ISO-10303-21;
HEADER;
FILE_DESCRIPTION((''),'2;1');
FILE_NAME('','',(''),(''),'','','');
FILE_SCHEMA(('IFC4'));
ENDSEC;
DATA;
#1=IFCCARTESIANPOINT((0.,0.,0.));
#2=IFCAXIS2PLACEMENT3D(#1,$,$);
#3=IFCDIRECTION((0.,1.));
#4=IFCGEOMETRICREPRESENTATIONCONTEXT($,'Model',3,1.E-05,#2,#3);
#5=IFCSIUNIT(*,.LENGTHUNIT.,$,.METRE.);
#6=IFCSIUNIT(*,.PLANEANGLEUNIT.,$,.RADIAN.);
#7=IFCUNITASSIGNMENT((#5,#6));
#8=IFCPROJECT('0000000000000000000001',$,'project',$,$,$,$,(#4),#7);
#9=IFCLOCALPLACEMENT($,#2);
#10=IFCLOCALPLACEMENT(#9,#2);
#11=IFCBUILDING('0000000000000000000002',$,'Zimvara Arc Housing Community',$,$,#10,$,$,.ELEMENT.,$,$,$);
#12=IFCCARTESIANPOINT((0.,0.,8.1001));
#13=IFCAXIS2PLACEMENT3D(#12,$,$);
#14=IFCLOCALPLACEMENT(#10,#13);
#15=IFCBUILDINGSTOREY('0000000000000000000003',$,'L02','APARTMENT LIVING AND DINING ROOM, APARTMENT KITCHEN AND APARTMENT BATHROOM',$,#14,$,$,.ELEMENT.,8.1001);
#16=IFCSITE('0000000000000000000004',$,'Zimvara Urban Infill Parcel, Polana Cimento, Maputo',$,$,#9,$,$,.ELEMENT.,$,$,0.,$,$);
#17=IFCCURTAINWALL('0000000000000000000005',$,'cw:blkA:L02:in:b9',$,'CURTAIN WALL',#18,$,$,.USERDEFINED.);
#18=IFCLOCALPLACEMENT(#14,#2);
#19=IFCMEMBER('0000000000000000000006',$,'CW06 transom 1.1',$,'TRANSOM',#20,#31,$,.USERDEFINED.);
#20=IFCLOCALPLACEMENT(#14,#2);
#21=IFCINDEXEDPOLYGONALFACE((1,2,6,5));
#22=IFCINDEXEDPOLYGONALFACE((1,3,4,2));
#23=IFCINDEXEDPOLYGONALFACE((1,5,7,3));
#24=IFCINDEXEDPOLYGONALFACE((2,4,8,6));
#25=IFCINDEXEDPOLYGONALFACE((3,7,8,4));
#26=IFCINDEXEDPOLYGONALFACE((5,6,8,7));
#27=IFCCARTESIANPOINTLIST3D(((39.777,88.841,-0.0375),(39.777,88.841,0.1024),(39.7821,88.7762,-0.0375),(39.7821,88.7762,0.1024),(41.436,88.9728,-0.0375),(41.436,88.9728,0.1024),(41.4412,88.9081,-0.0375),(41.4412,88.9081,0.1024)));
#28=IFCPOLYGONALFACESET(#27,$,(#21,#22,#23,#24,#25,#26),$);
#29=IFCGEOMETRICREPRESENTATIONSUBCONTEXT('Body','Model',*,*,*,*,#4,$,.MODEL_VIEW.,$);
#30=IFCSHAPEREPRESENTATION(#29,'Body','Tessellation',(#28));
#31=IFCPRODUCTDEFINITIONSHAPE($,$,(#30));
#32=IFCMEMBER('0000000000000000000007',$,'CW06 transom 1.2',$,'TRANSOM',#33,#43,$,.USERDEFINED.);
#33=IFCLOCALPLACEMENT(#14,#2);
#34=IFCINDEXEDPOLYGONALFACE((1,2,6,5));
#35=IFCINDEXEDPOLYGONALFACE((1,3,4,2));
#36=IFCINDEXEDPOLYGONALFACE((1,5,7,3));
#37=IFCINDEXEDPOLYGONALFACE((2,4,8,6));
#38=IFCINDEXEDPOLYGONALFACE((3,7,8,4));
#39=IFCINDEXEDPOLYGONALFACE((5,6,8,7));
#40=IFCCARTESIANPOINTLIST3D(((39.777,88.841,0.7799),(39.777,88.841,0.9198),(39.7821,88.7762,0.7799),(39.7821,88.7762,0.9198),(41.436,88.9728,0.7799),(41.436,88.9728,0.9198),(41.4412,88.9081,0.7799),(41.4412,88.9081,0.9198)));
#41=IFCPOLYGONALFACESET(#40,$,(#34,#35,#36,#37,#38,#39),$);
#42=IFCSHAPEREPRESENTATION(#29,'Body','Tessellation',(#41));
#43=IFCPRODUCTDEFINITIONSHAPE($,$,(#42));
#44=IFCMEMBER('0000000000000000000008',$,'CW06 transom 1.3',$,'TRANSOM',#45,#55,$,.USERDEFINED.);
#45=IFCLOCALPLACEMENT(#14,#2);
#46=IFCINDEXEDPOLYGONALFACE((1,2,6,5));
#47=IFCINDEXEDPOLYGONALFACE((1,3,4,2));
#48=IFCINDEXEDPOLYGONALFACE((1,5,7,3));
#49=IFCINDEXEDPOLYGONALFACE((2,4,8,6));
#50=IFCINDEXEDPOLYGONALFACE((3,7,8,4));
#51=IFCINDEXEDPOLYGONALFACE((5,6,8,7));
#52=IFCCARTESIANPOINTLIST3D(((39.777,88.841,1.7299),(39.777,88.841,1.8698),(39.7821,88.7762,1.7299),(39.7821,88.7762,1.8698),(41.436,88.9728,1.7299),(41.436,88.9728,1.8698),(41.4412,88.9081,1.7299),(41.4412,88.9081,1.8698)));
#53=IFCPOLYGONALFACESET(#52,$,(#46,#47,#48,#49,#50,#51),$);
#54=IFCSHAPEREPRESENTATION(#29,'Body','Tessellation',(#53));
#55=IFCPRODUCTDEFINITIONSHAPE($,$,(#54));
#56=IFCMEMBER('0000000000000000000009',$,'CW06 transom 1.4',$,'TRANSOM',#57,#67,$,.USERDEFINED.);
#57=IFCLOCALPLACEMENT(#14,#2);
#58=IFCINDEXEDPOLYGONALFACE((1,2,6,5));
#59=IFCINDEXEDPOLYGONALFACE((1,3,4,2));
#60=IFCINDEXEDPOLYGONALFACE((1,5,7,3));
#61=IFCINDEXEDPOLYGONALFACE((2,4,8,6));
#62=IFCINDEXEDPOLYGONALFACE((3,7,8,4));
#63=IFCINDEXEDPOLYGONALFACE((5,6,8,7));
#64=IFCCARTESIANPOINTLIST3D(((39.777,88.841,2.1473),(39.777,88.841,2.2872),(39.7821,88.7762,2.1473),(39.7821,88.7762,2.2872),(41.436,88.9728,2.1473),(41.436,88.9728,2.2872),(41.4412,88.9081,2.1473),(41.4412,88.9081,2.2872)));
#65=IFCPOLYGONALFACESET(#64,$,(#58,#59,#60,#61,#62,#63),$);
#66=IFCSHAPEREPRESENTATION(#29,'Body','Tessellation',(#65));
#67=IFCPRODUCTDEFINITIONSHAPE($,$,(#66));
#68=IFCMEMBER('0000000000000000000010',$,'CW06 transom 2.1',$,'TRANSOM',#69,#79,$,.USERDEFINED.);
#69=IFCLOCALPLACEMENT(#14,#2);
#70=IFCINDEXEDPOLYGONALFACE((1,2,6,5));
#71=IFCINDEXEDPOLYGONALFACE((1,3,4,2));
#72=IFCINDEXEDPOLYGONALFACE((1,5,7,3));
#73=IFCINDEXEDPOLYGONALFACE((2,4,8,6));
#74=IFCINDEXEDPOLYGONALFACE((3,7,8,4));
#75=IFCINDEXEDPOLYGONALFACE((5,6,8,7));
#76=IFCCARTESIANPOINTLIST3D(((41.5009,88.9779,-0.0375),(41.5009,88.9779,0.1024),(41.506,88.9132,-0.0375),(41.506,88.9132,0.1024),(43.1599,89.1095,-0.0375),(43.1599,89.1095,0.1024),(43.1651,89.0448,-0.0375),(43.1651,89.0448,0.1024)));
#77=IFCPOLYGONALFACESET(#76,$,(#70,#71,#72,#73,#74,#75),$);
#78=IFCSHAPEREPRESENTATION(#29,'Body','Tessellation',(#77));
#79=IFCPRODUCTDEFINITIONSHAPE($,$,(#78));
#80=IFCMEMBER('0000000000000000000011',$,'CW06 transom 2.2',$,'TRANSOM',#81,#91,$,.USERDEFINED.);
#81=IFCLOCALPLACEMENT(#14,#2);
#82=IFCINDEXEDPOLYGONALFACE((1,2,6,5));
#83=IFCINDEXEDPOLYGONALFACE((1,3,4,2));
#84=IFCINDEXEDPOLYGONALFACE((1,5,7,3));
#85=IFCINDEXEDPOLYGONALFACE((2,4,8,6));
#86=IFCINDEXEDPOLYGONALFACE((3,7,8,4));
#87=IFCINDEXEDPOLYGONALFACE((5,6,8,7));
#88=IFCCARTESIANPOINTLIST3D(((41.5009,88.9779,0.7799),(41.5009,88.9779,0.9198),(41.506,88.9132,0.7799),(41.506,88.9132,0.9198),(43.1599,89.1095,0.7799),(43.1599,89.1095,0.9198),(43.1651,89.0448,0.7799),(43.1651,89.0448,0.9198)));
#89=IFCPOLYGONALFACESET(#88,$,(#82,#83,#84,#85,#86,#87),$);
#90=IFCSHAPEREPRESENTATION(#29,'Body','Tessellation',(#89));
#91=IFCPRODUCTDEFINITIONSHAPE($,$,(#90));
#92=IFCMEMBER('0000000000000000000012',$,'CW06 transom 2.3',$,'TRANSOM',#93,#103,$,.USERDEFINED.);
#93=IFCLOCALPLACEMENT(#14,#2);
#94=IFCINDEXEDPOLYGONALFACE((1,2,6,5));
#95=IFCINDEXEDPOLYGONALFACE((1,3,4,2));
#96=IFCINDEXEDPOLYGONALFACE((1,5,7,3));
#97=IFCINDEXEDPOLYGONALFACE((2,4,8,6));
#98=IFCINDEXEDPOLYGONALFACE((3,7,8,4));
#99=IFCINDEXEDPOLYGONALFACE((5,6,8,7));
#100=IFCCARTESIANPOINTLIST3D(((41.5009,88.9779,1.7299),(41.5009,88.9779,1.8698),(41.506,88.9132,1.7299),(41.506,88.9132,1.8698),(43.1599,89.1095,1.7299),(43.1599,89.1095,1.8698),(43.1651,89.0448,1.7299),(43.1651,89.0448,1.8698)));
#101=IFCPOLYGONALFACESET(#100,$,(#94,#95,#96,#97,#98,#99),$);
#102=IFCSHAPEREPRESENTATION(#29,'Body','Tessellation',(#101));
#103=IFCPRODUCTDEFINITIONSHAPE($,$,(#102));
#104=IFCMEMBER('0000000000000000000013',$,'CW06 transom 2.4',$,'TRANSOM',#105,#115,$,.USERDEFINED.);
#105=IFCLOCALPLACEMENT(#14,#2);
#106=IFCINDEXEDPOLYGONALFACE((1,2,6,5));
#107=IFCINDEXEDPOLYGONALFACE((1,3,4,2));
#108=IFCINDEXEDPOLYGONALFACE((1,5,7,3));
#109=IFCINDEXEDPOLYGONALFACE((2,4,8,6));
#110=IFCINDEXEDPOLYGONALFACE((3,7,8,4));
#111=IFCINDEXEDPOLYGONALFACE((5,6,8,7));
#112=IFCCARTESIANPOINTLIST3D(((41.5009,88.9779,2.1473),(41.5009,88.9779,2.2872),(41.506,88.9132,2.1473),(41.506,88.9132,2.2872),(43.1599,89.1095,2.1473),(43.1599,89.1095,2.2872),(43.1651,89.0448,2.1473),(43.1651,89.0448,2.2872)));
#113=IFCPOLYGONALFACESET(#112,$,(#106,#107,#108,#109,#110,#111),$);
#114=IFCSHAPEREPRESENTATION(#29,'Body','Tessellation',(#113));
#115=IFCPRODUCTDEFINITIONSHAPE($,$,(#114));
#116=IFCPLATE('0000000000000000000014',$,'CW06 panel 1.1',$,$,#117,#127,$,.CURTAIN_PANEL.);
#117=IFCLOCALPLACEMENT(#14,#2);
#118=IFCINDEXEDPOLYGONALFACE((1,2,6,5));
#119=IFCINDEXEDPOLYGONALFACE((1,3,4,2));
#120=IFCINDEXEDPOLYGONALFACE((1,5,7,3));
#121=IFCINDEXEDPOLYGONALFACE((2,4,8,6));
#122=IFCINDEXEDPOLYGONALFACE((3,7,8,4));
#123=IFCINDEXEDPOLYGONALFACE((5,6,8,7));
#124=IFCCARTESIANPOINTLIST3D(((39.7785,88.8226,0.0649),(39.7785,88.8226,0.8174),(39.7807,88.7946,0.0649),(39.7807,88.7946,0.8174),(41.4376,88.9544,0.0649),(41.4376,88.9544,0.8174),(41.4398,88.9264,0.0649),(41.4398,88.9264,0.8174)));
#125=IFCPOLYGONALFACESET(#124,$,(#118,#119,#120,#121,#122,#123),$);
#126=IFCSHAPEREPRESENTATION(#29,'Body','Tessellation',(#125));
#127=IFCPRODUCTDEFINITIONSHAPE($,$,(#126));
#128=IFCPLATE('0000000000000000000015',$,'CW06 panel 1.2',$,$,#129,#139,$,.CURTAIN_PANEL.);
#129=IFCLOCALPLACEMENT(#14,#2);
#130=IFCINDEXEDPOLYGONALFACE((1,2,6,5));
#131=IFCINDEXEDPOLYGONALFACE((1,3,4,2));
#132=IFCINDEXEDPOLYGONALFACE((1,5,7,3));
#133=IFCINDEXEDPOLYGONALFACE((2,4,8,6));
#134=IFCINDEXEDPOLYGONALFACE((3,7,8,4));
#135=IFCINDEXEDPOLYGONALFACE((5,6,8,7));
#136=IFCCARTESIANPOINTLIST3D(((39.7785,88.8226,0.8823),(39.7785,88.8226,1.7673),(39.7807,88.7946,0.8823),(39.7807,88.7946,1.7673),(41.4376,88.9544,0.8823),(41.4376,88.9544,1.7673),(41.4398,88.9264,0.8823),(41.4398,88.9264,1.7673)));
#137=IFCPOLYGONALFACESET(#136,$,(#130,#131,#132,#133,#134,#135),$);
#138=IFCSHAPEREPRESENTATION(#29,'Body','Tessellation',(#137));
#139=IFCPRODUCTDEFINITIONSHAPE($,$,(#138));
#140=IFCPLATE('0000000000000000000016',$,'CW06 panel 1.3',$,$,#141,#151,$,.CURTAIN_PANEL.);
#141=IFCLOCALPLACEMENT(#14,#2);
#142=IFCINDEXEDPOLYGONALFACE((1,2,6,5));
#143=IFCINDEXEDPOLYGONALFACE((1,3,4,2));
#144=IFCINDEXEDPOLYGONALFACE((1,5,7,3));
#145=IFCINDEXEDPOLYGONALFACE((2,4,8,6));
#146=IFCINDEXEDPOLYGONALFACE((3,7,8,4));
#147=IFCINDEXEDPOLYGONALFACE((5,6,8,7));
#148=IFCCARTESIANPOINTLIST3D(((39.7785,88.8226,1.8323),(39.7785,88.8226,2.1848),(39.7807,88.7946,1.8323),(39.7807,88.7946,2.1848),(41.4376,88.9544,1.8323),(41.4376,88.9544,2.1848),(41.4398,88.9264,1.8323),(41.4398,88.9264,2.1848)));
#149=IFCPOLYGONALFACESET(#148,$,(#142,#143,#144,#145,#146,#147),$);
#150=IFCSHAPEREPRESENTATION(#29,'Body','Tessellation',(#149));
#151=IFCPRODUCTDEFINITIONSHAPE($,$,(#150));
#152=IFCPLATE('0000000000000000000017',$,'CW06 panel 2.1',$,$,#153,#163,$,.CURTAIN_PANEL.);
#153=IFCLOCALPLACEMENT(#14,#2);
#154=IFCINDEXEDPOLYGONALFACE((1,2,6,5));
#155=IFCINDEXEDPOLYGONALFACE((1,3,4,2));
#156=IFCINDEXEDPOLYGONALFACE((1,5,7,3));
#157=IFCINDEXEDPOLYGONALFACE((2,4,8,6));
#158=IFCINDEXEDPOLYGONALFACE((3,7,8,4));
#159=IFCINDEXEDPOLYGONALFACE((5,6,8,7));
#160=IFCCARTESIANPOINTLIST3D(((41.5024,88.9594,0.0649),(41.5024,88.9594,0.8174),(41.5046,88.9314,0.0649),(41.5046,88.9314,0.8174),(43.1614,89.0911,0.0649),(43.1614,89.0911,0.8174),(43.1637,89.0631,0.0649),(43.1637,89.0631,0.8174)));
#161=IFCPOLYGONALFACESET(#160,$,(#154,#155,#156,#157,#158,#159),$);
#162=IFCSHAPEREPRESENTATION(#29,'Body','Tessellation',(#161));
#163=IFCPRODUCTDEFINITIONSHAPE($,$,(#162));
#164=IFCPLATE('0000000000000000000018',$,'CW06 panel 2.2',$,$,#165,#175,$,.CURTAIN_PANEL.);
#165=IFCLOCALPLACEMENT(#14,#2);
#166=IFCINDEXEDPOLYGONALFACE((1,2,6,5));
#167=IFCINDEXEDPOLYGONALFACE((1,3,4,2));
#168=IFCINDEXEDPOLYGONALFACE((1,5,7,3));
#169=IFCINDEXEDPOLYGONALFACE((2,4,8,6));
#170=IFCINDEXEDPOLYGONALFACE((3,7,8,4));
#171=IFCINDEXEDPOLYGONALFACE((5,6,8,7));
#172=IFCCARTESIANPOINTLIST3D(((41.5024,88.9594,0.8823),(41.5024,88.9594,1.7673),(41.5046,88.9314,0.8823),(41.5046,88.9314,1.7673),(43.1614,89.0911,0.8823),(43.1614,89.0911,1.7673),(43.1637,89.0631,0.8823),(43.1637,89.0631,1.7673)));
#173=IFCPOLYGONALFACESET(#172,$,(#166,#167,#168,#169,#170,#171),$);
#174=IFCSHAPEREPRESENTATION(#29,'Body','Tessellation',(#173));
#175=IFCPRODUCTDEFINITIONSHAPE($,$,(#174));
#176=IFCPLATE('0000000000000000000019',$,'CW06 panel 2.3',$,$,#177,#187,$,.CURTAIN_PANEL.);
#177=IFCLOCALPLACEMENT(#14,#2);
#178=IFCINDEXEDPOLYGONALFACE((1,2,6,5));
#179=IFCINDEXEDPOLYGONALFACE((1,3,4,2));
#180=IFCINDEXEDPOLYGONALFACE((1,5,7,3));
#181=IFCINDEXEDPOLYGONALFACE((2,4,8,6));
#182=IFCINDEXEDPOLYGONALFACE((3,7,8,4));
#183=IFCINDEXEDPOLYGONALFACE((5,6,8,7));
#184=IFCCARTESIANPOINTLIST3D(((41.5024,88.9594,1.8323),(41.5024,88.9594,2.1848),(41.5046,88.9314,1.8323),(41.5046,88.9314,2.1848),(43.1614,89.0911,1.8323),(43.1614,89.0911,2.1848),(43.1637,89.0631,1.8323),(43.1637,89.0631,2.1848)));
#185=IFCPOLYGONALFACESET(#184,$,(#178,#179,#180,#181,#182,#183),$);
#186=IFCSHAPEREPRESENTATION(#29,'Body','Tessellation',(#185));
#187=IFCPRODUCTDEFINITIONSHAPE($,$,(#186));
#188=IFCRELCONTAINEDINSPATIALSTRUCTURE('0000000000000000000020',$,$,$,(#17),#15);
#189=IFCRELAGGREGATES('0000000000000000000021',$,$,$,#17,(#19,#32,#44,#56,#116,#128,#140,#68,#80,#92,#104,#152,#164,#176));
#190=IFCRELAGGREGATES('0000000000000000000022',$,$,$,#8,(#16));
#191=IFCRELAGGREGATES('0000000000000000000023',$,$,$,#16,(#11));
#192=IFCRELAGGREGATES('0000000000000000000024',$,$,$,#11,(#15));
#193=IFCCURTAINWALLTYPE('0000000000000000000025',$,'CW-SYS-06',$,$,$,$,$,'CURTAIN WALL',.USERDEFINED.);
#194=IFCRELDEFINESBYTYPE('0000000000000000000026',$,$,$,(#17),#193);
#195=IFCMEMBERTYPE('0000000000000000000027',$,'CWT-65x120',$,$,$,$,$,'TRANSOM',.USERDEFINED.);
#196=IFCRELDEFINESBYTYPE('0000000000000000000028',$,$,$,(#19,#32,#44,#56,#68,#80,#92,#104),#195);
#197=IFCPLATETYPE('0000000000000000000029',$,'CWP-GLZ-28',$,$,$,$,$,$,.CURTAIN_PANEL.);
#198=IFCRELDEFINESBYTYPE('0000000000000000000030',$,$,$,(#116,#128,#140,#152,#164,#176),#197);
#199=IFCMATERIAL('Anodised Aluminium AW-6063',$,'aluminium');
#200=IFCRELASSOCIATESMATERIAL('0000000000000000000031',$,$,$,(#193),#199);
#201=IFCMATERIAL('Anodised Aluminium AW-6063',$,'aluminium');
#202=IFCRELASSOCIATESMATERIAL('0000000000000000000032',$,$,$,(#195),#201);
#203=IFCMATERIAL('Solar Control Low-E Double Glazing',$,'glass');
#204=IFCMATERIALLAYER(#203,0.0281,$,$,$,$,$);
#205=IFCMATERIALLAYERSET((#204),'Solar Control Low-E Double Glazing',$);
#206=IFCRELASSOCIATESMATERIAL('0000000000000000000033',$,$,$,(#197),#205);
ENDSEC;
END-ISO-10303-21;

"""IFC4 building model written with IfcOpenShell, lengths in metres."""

from ifc_helpers import new_model, si_unit, direction, frame, origin, origin_2d, place, context, subcontext, project, spatial, rectangle, extrude, material, layer, layer_set, material_profile, profile_set, type_object, element, aggregate, save


model = new_model("IFC4")

# Units and contexts
model_context = context("Model", 3, precision=1e-05, world=origin(), true_north=direction((0.0, 1.0)))
body_context = subcontext(model_context, "Body", "Model", "MODEL_VIEW")
ifc_project = project(units=[si_unit("LENGTHUNIT", "METRE"), si_unit("PLANEANGLEUNIT", "RADIAN")], contexts=[model_context])

# Site, building, storey
site_placement = place(None, origin())
site = spatial("IfcSite", under=ifc_project, at=site_placement, Name="Zimvara Urban Infill Parcel, Polana Cimento, Maputo", CompositionType="ELEMENT", RefElevation=0.0)
building_placement = place(site_placement, origin())
building = spatial("IfcBuilding", under=site, at=building_placement, Name="Zimvara Arc Housing Community", CompositionType="ELEMENT")
storey_placement = place(building_placement, frame((0.0, 0.0, 8.1001)))
storey = spatial("IfcBuildingStorey", under=building, at=storey_placement, Name="L02", Description="APARTMENT LIVING AND DINING ROOM, APARTMENT KITCHEN AND APARTMENT BATHROOM", CompositionType="ELEMENT", Elevation=8.1001)

# Curtain wall, members, plates
ifc_material_1 = material(Name="Anodised Aluminium AW-6063", Category="aluminium")
curtain_wall_type = type_object("IfcCurtainWallType", Name="CW-SYS-06", ElementType="CURTAIN WALL", PredefinedType="USERDEFINED", material=ifc_material_1)
curtain_wall_placement = place(storey_placement, origin())
curtain_wall = element("IfcCurtainWall", 1, at=curtain_wall_placement, inside=storey, type_object=curtain_wall_type, Name="cw:blkA:L02:in:b9", ObjectType="CURTAIN WALL", PredefinedType="USERDEFINED")
ifc_material_2 = material(Name="Anodised Aluminium AW-6063", Category="aluminium")
ifc_material_profile_1 = material_profile(ifc_material_2, rectangle(XDim=0.0649, YDim=0.1399, at=origin_2d()), Name="ALU 65x140")
ifc_profile_set_1 = profile_set([ifc_material_profile_1], Name="Anodised Aluminium AW-6063")
member_type_1 = type_object("IfcMemberType", Name="CWT-65x120", ElementType="TRANSOM", PredefinedType="USERDEFINED", material=ifc_profile_set_1)
member_1_placement = place(storey_placement, frame((39.7795, 88.8086, 0.0325), z_axis=(0.996858, 0.079209, 0.0), x_axis=(-0.079209, 0.996858, 0.0)))
member_1 = element("IfcMember", 2, at=member_1_placement, type_object=member_type_1, Name="CW06 transom 1.1", ObjectType="TRANSOM", PredefinedType="USERDEFINED", context=body_context, shape_type="SweptSolid", body=[
    extrude(rectangle(XDim=0.0649, YDim=0.1399, at=origin_2d()), origin(), (0.0, 0.0, 1.0), 1.6643),
])
member_2_placement = place(storey_placement, frame((39.7795, 88.8086, 0.8499), z_axis=(0.996858, 0.079209, 0.0), x_axis=(-0.079209, 0.996858, 0.0)))
member_2 = element("IfcMember", 3, at=member_2_placement, type_object=member_type_1, Name="CW06 transom 1.2", ObjectType="TRANSOM", PredefinedType="USERDEFINED", context=body_context, shape_type="SweptSolid", body=[
    extrude(rectangle(XDim=0.0649, YDim=0.1399, at=origin_2d()), origin(), (0.0, 0.0, 1.0), 1.6643),
])
member_3_placement = place(storey_placement, frame((39.7795, 88.8086, 1.7998), z_axis=(0.996858, 0.079209, 0.0), x_axis=(-0.079209, 0.996858, 0.0)))
member_3 = element("IfcMember", 4, at=member_3_placement, type_object=member_type_1, Name="CW06 transom 1.3", ObjectType="TRANSOM", PredefinedType="USERDEFINED", context=body_context, shape_type="SweptSolid", body=[
    extrude(rectangle(XDim=0.0649, YDim=0.1399, at=origin_2d()), origin(), (0.0, 0.0, 1.0), 1.6643),
])
member_4_placement = place(storey_placement, frame((39.7795, 88.8086, 2.2173), z_axis=(0.996858, 0.079209, 0.0), x_axis=(-0.079209, 0.996858, 0.0)))
member_4 = element("IfcMember", 5, at=member_4_placement, type_object=member_type_1, Name="CW06 transom 1.4", ObjectType="TRANSOM", PredefinedType="USERDEFINED", context=body_context, shape_type="SweptSolid", body=[
    extrude(rectangle(XDim=0.0649, YDim=0.1399, at=origin_2d()), origin(), (0.0, 0.0, 1.0), 1.6643),
])
member_5_placement = place(storey_placement, frame((41.5034, 88.9456, 0.0325), z_axis=(0.99687, 0.079063, 0.0), x_axis=(-0.079063, 0.99687, 0.0)))
member_5 = element("IfcMember", 6, at=member_5_placement, type_object=member_type_1, Name="CW06 transom 2.1", ObjectType="TRANSOM", PredefinedType="USERDEFINED", context=body_context, shape_type="SweptSolid", body=[
    extrude(rectangle(XDim=0.0649, YDim=0.1399, at=origin_2d()), origin(), (0.0, 0.0, 1.0), 1.6643),
])
member_6_placement = place(storey_placement, frame((41.5034, 88.9456, 0.8499), z_axis=(0.99687, 0.079063, 0.0), x_axis=(-0.079063, 0.99687, 0.0)))
member_6 = element("IfcMember", 7, at=member_6_placement, type_object=member_type_1, Name="CW06 transom 2.2", ObjectType="TRANSOM", PredefinedType="USERDEFINED", context=body_context, shape_type="SweptSolid", body=[
    extrude(rectangle(XDim=0.0649, YDim=0.1399, at=origin_2d()), origin(), (0.0, 0.0, 1.0), 1.6643),
])
member_7_placement = place(storey_placement, frame((41.5034, 88.9456, 1.7998), z_axis=(0.99687, 0.079063, 0.0), x_axis=(-0.079063, 0.99687, 0.0)))
member_7 = element("IfcMember", 8, at=member_7_placement, type_object=member_type_1, Name="CW06 transom 2.3", ObjectType="TRANSOM", PredefinedType="USERDEFINED", context=body_context, shape_type="SweptSolid", body=[
    extrude(rectangle(XDim=0.0649, YDim=0.1399, at=origin_2d()), origin(), (0.0, 0.0, 1.0), 1.6643),
])
member_8_placement = place(storey_placement, frame((41.5034, 88.9456, 2.2173), z_axis=(0.99687, 0.079063, 0.0), x_axis=(-0.079063, 0.99687, 0.0)))
member_8 = element("IfcMember", 9, at=member_8_placement, type_object=member_type_1, Name="CW06 transom 2.4", ObjectType="TRANSOM", PredefinedType="USERDEFINED", context=body_context, shape_type="SweptSolid", body=[
    extrude(rectangle(XDim=0.0649, YDim=0.1399, at=origin_2d()), origin(), (0.0, 0.0, 1.0), 1.6643),
])
ifc_material_3 = material(Name="Solar Control Low-E Double Glazing", Category="glass")
ifc_layer_1 = layer(ifc_material_3, 0.0281)
ifc_layer_set_1 = layer_set([ifc_layer_1], Name="Solar Control Low-E Double Glazing")
plate_type = type_object("IfcPlateType", Name="CWP-GLZ-28", PredefinedType="CURTAIN_PANEL", material=ifc_layer_set_1)
plate_1_placement = place(storey_placement, frame((40.6091, 88.8745, 0.0649), z_axis=(0.0, 0.0, 1.0), x_axis=(0.996862, 0.079155, 0.0)))
plate_1 = element("IfcPlate", 10, at=plate_1_placement, type_object=plate_type, Name="CW06 panel 1.1", PredefinedType="CURTAIN_PANEL", context=body_context, shape_type="SweptSolid", body=[
    extrude(rectangle(XDim=1.6643, YDim=0.0281, at=origin_2d()), origin(), (0.0, 0.0, 1.0), 0.7524),
])
plate_2_placement = place(storey_placement, frame((40.6091, 88.8745, 0.8823), z_axis=(0.0, 0.0, 1.0), x_axis=(0.996862, 0.079155, 0.0)))
plate_2 = element("IfcPlate", 11, at=plate_2_placement, type_object=plate_type, Name="CW06 panel 1.2", PredefinedType="CURTAIN_PANEL", context=body_context, shape_type="SweptSolid", body=[
    extrude(rectangle(XDim=1.6643, YDim=0.0281, at=origin_2d()), origin(), (0.0, 0.0, 1.0), 0.885),
])
plate_3_placement = place(storey_placement, frame((40.6091, 88.8745, 1.8323), z_axis=(0.0, 0.0, 1.0), x_axis=(0.996862, 0.079155, 0.0)))
plate_3 = element("IfcPlate", 12, at=plate_3_placement, type_object=plate_type, Name="CW06 panel 1.3", PredefinedType="CURTAIN_PANEL", context=body_context, shape_type="SweptSolid", body=[
    extrude(rectangle(XDim=1.6643, YDim=0.0281, at=origin_2d()), origin(), (0.0, 0.0, 1.0), 0.3525),
])
plate_4_placement = place(storey_placement, frame((42.333, 89.0112, 0.0649), z_axis=(0.0, 0.0, 1.0), x_axis=(0.996862, 0.079155, 0.0)))
plate_4 = element("IfcPlate", 13, at=plate_4_placement, type_object=plate_type, Name="CW06 panel 2.1", PredefinedType="CURTAIN_PANEL", context=body_context, shape_type="SweptSolid", body=[
    extrude(rectangle(XDim=1.6643, YDim=0.0281, at=origin_2d()), origin(), (0.0, 0.0, 1.0), 0.7524),
])
plate_5_placement = place(storey_placement, frame((42.333, 89.0112, 0.8823), z_axis=(0.0, 0.0, 1.0), x_axis=(0.996862, 0.079155, 0.0)))
plate_5 = element("IfcPlate", 14, at=plate_5_placement, type_object=plate_type, Name="CW06 panel 2.2", PredefinedType="CURTAIN_PANEL", context=body_context, shape_type="SweptSolid", body=[
    extrude(rectangle(XDim=1.6643, YDim=0.0281, at=origin_2d()), origin(), (0.0, 0.0, 1.0), 0.885),
])
plate_6_placement = place(storey_placement, frame((42.333, 89.0112, 1.8323), z_axis=(0.0, 0.0, 1.0), x_axis=(0.996862, 0.079155, 0.0)))
plate_6 = element("IfcPlate", 15, at=plate_6_placement, type_object=plate_type, Name="CW06 panel 2.3", PredefinedType="CURTAIN_PANEL", context=body_context, shape_type="SweptSolid", body=[
    extrude(rectangle(XDim=1.6643, YDim=0.0281, at=origin_2d()), origin(), (0.0, 0.0, 1.0), 0.3525),
])
aggregate(curtain_wall, [member_1, member_2, member_3, member_4, plate_1, plate_2, plate_3, member_5, member_6, member_7, member_8, plate_4, plate_5, plate_6])

save(model, "model.ifc")
